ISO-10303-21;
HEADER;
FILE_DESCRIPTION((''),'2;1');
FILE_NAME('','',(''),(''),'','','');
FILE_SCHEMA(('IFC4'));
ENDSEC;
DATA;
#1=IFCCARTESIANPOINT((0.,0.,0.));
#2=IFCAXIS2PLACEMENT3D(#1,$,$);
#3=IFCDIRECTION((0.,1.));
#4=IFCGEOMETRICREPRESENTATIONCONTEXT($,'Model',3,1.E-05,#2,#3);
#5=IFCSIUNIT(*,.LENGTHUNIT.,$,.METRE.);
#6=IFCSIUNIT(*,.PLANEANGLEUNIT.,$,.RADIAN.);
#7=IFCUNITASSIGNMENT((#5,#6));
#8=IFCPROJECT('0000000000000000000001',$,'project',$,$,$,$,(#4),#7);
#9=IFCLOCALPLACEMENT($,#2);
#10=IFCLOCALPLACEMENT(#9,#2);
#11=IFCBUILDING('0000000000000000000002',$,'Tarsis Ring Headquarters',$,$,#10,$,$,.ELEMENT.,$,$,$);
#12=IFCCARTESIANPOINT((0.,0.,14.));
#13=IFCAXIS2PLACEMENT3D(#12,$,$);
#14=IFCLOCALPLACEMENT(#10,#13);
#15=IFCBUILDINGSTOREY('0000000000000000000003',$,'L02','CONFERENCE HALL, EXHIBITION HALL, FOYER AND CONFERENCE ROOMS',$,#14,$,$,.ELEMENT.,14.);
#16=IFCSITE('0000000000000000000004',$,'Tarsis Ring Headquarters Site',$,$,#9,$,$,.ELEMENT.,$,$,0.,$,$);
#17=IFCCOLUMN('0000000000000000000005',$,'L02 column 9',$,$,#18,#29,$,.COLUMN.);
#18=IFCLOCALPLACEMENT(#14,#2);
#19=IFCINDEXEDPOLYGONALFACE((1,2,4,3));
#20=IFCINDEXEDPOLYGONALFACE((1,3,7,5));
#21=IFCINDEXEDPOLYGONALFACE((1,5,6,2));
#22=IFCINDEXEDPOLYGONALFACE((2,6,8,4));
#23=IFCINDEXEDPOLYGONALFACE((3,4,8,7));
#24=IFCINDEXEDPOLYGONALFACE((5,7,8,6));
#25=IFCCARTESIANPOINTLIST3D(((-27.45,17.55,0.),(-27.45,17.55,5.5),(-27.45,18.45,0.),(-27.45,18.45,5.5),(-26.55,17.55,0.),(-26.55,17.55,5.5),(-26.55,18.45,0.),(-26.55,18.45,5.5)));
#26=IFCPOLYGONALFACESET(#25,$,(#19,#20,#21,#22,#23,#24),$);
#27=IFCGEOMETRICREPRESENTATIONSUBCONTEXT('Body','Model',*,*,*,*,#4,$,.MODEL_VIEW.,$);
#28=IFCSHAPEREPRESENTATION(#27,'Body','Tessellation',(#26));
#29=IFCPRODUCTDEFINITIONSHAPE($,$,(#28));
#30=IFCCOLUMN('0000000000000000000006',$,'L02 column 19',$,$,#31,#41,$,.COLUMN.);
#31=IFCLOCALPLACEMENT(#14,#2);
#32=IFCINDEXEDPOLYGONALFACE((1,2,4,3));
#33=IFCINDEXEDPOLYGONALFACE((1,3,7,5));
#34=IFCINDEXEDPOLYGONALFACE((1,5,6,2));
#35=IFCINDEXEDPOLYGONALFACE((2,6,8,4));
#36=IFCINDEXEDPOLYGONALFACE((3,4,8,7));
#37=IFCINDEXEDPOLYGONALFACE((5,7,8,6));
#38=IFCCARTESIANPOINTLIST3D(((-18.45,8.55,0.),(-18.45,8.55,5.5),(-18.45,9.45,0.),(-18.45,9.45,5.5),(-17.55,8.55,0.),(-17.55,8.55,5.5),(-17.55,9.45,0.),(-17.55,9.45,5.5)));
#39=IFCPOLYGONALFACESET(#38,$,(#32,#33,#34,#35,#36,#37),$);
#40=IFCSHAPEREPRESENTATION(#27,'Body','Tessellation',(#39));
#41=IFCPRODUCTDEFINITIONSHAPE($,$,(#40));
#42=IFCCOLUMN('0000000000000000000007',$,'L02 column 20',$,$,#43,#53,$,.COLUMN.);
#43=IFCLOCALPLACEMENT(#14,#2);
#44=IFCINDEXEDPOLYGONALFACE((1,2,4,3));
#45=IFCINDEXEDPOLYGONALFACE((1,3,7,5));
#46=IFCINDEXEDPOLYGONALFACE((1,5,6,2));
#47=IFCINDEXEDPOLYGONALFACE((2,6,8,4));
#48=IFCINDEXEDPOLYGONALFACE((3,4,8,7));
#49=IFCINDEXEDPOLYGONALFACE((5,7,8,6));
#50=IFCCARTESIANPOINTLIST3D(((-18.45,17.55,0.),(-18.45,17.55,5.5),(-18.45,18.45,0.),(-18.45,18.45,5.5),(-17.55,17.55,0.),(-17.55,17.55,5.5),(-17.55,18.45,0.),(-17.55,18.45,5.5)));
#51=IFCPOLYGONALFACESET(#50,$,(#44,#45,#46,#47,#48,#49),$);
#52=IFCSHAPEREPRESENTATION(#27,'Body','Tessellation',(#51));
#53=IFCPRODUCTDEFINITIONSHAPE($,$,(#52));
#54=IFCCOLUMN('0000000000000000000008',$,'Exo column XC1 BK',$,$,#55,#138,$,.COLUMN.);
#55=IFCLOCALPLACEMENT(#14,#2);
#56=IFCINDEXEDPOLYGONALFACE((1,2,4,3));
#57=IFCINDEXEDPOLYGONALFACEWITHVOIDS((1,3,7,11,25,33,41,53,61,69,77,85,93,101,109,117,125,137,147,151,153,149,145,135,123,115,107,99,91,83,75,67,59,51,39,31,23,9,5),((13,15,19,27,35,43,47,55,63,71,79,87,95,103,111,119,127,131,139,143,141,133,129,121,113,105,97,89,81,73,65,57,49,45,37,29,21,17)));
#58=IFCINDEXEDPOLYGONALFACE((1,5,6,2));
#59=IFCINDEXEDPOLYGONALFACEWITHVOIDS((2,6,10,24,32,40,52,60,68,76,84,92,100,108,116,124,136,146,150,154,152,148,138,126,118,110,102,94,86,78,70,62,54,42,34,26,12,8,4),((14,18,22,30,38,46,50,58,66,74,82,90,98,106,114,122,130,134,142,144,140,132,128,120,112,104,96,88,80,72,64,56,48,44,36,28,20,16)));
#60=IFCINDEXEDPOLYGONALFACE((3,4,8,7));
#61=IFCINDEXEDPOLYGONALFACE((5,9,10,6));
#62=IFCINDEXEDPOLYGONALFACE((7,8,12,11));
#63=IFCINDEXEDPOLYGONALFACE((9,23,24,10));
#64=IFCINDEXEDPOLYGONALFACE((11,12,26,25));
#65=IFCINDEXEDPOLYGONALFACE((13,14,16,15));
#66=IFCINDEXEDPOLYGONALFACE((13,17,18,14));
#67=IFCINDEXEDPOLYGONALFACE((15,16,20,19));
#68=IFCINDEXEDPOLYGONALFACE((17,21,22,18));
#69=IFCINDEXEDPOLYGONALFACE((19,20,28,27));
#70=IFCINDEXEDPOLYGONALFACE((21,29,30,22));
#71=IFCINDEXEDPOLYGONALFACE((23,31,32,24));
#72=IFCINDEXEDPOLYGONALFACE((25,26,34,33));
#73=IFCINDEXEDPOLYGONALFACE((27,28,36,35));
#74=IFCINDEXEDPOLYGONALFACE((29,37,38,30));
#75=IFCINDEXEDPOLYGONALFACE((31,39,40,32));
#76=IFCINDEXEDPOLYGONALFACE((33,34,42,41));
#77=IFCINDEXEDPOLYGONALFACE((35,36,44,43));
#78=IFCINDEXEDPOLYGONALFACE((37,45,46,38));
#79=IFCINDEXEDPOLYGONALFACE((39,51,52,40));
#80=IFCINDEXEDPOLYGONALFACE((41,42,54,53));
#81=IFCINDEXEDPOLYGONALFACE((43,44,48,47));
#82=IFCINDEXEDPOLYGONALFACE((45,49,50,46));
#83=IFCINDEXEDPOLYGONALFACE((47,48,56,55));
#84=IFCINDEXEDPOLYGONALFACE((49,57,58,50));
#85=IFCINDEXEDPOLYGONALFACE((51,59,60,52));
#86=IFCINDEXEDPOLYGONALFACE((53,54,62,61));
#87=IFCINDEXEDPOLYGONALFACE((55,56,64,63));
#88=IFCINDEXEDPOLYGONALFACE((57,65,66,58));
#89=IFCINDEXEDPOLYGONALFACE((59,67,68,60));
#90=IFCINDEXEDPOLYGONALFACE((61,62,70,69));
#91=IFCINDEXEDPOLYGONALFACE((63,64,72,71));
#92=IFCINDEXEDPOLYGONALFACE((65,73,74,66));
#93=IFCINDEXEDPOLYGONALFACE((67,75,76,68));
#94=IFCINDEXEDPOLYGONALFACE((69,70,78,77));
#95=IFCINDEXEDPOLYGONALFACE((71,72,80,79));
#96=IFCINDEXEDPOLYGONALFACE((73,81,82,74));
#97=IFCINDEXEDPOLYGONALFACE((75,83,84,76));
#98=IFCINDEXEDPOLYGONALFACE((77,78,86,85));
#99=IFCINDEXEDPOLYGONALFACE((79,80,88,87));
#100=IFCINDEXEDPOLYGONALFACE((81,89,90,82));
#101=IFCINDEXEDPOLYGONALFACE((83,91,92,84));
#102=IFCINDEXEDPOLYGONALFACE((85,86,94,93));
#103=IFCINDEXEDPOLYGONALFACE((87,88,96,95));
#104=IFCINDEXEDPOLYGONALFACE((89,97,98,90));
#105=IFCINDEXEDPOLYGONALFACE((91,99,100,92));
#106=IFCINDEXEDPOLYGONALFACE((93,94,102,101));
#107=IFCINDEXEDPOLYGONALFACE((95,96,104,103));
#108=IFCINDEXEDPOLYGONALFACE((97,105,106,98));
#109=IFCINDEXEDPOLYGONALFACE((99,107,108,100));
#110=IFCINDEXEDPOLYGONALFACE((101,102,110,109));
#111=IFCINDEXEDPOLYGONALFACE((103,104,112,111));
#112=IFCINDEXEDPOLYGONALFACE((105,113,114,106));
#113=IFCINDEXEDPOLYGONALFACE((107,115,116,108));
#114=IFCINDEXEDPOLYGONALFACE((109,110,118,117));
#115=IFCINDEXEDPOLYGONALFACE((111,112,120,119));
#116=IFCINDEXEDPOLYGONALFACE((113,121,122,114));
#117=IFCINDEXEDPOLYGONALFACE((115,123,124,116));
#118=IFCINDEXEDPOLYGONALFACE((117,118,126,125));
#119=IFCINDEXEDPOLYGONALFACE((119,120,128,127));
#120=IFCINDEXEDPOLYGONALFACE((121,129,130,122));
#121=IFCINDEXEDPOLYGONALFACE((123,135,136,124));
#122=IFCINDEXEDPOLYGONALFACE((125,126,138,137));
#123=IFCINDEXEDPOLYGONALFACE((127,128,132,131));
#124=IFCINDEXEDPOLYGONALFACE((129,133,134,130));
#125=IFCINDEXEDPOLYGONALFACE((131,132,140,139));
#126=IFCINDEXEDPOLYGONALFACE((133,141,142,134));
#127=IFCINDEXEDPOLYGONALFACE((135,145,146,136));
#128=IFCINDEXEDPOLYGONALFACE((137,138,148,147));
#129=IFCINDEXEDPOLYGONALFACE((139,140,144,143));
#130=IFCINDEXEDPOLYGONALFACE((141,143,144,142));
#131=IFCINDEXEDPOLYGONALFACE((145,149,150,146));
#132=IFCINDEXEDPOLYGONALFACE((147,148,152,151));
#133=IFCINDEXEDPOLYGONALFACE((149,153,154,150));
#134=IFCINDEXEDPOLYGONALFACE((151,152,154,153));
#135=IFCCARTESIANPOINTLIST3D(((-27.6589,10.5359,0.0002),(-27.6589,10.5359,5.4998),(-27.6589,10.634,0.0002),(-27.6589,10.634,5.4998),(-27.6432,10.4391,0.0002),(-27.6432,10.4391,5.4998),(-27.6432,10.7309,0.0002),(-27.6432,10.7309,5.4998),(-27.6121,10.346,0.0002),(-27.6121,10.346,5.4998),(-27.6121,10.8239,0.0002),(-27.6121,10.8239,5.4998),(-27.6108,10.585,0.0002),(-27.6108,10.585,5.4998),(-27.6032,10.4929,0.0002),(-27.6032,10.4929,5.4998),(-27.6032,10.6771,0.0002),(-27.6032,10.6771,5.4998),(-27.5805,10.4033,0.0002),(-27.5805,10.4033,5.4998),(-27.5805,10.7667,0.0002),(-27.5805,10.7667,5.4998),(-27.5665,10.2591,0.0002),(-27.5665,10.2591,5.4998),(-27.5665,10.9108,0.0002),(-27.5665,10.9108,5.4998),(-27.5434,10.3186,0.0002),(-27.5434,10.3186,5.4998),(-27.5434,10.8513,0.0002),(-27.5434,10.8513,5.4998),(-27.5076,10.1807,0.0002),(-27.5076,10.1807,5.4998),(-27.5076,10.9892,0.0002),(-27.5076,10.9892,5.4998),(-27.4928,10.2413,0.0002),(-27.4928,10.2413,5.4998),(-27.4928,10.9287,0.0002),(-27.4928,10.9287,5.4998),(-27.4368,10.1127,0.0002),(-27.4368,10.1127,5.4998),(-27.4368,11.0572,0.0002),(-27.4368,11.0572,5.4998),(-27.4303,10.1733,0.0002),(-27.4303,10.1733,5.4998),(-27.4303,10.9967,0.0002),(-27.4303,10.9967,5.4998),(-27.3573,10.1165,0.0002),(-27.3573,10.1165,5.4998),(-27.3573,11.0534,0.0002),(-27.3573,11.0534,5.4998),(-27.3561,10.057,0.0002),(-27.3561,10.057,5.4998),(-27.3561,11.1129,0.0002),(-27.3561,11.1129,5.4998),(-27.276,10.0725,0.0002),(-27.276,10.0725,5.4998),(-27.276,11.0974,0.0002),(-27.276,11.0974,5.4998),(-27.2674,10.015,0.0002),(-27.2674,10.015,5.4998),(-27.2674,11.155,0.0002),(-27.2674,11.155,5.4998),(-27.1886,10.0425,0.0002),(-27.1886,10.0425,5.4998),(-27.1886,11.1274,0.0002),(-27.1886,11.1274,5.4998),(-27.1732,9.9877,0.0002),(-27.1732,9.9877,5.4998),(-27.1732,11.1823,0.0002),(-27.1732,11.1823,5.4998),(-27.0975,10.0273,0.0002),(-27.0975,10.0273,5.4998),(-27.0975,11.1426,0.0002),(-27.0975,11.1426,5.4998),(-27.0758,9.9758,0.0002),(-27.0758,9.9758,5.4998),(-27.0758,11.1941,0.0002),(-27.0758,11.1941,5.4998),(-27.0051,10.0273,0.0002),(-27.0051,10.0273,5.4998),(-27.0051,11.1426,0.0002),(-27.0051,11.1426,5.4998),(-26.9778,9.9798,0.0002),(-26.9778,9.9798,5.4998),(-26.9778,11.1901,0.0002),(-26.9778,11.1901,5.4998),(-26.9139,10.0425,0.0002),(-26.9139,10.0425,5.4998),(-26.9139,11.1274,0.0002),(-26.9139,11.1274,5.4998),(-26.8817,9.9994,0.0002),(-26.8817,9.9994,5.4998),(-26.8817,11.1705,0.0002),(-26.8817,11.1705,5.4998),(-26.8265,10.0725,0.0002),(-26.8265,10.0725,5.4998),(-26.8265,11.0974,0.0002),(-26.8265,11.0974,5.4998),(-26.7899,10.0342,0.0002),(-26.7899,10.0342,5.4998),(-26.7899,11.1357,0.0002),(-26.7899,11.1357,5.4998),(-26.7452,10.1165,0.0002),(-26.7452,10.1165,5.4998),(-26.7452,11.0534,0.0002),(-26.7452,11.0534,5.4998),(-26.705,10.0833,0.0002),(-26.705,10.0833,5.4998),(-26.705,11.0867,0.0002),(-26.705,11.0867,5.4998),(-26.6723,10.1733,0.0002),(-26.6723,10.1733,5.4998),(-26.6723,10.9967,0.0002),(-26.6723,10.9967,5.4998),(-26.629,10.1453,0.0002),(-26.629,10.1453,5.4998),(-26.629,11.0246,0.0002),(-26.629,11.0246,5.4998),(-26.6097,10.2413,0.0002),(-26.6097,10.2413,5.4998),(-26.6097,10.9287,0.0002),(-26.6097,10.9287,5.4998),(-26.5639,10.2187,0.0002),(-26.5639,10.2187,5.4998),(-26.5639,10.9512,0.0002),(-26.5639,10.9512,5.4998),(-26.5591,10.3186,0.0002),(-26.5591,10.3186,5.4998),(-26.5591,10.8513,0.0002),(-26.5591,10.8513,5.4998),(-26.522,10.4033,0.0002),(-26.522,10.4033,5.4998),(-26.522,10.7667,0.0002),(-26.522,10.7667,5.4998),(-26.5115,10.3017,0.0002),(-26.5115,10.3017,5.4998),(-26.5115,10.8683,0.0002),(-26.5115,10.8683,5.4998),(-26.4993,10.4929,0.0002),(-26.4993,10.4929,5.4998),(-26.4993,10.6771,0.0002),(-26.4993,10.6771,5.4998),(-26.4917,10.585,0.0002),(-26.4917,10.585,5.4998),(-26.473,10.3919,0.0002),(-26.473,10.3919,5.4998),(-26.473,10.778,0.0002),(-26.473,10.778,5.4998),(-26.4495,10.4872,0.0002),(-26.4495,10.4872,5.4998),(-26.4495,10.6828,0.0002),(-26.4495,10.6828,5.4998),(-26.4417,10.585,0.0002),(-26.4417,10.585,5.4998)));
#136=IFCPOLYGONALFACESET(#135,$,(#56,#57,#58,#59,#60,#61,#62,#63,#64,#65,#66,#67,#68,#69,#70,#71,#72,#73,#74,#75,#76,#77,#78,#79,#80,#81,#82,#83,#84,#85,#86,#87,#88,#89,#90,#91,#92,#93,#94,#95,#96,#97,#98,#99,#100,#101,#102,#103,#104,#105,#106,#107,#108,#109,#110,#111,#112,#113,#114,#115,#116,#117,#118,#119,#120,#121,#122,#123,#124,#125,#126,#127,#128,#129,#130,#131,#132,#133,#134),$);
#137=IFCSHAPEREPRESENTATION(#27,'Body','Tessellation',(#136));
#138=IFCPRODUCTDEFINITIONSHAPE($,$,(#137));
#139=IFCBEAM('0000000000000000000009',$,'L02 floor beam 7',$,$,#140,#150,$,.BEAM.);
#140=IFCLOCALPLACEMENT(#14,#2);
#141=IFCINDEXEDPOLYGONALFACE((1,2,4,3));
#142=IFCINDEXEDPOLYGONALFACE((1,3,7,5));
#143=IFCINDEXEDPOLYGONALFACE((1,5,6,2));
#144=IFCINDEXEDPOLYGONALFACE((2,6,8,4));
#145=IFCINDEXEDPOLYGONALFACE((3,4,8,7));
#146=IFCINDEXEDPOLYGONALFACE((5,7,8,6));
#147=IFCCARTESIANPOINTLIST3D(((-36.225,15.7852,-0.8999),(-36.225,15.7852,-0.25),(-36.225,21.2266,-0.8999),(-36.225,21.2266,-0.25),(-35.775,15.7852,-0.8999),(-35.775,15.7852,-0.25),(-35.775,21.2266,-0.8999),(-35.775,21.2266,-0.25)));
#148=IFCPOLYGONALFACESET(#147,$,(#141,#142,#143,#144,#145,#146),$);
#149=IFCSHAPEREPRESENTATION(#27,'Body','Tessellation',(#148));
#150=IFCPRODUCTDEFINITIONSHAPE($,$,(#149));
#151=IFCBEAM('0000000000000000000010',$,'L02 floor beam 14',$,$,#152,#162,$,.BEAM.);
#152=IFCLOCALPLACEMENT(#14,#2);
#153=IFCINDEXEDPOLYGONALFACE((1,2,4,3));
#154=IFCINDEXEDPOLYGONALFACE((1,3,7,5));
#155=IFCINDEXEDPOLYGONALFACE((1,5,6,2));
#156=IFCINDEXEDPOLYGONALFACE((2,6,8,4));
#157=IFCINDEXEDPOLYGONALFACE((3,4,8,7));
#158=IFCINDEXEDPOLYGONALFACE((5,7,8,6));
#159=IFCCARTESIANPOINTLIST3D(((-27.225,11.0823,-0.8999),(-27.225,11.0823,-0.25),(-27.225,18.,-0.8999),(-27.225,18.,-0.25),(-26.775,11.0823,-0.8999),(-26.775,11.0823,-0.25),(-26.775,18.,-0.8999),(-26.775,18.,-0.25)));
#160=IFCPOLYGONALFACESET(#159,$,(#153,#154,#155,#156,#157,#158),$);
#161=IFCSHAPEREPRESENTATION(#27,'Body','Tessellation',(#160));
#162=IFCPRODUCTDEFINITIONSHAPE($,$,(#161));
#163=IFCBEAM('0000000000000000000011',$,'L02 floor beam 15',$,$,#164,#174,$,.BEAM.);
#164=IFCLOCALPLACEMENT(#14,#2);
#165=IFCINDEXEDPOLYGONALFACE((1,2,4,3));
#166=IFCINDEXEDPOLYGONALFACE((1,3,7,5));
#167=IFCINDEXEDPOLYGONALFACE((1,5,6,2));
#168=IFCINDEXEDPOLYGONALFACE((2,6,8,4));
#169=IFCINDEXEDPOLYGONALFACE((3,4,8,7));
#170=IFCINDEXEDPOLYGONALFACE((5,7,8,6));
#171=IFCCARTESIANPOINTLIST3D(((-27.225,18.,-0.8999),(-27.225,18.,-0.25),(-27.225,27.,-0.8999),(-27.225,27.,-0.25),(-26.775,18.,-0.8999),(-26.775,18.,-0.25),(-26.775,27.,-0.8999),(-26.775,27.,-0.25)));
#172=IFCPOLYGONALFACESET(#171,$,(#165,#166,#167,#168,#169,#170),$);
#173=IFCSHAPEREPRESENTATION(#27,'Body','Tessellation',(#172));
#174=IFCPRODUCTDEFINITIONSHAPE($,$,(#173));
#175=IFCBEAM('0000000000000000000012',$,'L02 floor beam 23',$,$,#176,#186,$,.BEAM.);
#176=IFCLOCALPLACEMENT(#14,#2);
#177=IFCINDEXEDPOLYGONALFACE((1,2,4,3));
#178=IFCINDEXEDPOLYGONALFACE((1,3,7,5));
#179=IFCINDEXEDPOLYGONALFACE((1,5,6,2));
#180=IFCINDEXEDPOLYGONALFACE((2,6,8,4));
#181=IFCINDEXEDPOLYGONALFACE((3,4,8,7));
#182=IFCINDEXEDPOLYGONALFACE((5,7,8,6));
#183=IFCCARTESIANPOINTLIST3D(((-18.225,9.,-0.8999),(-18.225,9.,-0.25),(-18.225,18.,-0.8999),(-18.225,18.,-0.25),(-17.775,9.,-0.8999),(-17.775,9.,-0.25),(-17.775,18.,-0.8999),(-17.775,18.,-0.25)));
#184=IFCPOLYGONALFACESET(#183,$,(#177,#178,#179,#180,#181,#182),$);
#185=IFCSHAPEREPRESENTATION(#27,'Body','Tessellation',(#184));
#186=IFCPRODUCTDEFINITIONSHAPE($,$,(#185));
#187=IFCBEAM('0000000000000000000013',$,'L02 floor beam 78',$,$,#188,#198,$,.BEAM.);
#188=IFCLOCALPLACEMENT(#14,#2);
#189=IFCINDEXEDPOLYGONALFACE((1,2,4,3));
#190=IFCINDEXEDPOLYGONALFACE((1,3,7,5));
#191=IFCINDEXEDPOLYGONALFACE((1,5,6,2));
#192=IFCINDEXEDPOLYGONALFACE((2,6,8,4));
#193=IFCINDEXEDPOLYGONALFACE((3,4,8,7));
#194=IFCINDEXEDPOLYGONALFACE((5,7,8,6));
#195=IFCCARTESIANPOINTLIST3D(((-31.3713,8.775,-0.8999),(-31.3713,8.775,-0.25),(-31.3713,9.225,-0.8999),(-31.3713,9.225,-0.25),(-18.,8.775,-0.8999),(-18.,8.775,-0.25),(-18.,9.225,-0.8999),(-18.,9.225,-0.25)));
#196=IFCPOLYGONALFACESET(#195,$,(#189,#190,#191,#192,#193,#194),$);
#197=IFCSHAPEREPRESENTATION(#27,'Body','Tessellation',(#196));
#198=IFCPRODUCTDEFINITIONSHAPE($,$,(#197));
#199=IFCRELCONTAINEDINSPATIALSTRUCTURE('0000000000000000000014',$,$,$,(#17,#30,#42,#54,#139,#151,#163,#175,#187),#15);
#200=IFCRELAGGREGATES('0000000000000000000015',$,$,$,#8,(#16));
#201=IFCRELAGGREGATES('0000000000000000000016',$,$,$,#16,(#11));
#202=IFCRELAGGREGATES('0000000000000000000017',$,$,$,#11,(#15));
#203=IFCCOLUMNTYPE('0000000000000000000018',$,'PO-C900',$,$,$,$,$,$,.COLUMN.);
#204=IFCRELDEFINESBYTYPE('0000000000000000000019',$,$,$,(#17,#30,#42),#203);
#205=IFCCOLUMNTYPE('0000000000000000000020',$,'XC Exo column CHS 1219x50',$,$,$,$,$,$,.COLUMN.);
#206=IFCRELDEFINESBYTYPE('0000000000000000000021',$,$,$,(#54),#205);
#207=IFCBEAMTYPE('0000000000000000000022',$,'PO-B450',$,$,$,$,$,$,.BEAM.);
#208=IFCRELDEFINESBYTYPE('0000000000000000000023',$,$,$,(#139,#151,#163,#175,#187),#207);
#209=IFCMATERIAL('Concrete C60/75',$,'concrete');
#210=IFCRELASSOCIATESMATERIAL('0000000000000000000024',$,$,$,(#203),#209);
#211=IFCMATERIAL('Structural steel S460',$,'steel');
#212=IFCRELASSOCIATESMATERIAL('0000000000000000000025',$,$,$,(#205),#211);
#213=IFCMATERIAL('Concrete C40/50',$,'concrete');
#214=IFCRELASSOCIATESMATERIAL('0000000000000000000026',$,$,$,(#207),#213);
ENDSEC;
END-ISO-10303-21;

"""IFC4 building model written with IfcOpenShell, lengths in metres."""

from ifc_helpers import new_model, si_unit, direction, frame, origin, origin_2d, place, context, subcontext, project, spatial, rectangle, hollow_circle, extrude, material, material_profile, profile_set, type_object, element, save


model = new_model("IFC4")

# Units and contexts
model_context = context("Model", 3, precision=1e-05, world=origin(), true_north=direction((0.0, 1.0)))
body_context = subcontext(model_context, "Body", "Model", "MODEL_VIEW")
ifc_project = project(units=[si_unit("LENGTHUNIT", "METRE"), si_unit("PLANEANGLEUNIT", "RADIAN")], contexts=[model_context])

# Site, building, storey
site_placement = place(None, origin())
site = spatial("IfcSite", under=ifc_project, at=site_placement, Name="Tarsis Ring Headquarters Site", CompositionType="ELEMENT", RefElevation=0.0)
building_placement = place(site_placement, origin())
building = spatial("IfcBuilding", under=site, at=building_placement, Name="Tarsis Ring Headquarters", CompositionType="ELEMENT")
storey_placement = place(building_placement, frame((0.0, 0.0, 14.0)))
storey = spatial("IfcBuildingStorey", under=building, at=storey_placement, Name="L02", Description="CONFERENCE HALL, EXHIBITION HALL, FOYER AND CONFERENCE ROOMS", CompositionType="ELEMENT", Elevation=14.0)

# Columns
ifc_material_1 = material(Name="Concrete C60/75", Category="concrete")
ifc_material_profile_1 = material_profile(ifc_material_1, rectangle(XDim=0.8999, YDim=0.8999, at=origin_2d()), Name="PO-C900")
ifc_profile_set_1 = profile_set([ifc_material_profile_1], Name="Concrete C60/75")
column_type_1 = type_object("IfcColumnType", Name="PO-C900", PredefinedType="COLUMN", material=ifc_profile_set_1)
for number, where, z_axis, x_axis, name in (
    (1, (-27.0, 18.0, 0.0), (0.0, 0.0, 1.0), (1.0, 0.0, 0.0), "L02 column 9"),
    (2, (-18.0, 9.0, 0.0), (0.0, 0.0, 1.0), (1.0, 0.0, 0.0), "L02 column 19"),
    (3, (-18.0, 18.0, 0.0), (0.0, 0.0, 1.0), (1.0, 0.0, 0.0), "L02 column 20"),
):
    element("IfcColumn", number, at=place(storey_placement, frame(where, z_axis=z_axis, x_axis=x_axis)), inside=storey, type_object=column_type_1, Name=name, PredefinedType="COLUMN", context=body_context, shape_type="SweptSolid", body=[
        extrude(rectangle(XDim=0.8999, YDim=0.8999, at=origin_2d()), origin(), (0.0, 0.0, 1.0), 5.5),
    ])
ifc_material_2 = material(Name="Structural steel S460", Category="steel")
ifc_material_profile_2 = material_profile(ifc_material_2, hollow_circle(Radius=0.6096, WallThickness=0.05, at=origin_2d()), Name="CHS 1219x50")
ifc_profile_set_2 = profile_set([ifc_material_profile_2], Name="Structural steel S460")
column_type_2 = type_object("IfcColumnType", Name="XC Exo column CHS 1219x50", PredefinedType="COLUMN", material=ifc_profile_set_2)
column_placement = place(storey_placement, frame((-27.0513, 10.585, 0.0002), z_axis=(0.0, 0.0, 1.0), x_axis=(1.0, 0.0, 0.0)))
element("IfcColumn", 4, at=column_placement, inside=storey, type_object=column_type_2, Name="Exo column XC1 BK", PredefinedType="COLUMN", context=body_context, shape_type="SweptSolid", body=[
    extrude(hollow_circle(Radius=0.6096, WallThickness=0.05, at=origin_2d()), origin(), (0.0, 0.0, 1.0), 5.4995),
])

# Beams
ifc_material_3 = material(Name="Concrete C40/50", Category="concrete")
ifc_material_profile_3 = material_profile(ifc_material_3, rectangle(XDim=0.45, YDim=0.6499, at=origin_2d()), Name="PO-B450")
ifc_profile_set_3 = profile_set([ifc_material_profile_3], Name="Concrete C40/50")
beam_type_1 = type_object("IfcBeamType", Name="PO-B450", PredefinedType="BEAM", material=ifc_profile_set_3)
beam_1_placement = place(storey_placement, frame((-36.0, 15.7852, -0.575), z_axis=(0.0, 1.0, 0.0), x_axis=(-1.0, 0.0, 0.0)))
element("IfcBeam", 5, at=beam_1_placement, inside=storey, type_object=beam_type_1, Name="L02 floor beam 7", PredefinedType="BEAM", context=body_context, shape_type="SweptSolid", body=[
    extrude(rectangle(XDim=0.45, YDim=0.6499, at=origin_2d()), origin(), (0.0, 0.0, 1.0), 5.4414),
])
beam_2_placement = place(storey_placement, frame((-27.0, 11.0823, -0.575), z_axis=(0.0, 1.0, 0.0), x_axis=(-1.0, 0.0, 0.0)))
element("IfcBeam", 6, at=beam_2_placement, inside=storey, type_object=beam_type_1, Name="L02 floor beam 14", PredefinedType="BEAM", context=body_context, shape_type="SweptSolid", body=[
    extrude(rectangle(XDim=0.45, YDim=0.6499, at=origin_2d()), origin(), (0.0, 0.0, 1.0), 6.9177),
])
for number, where, z_axis, x_axis, name in (
    (7, (-27.0, 18.0, -0.575), (0.0, 1.0, 0.0), (-1.0, 0.0, 0.0), "L02 floor beam 15"),
    (8, (-18.0, 9.0, -0.575), (0.0, 1.0, 0.0), (-1.0, 0.0, 0.0), "L02 floor beam 23"),
):
    element("IfcBeam", number, at=place(storey_placement, frame(where, z_axis=z_axis, x_axis=x_axis)), inside=storey, type_object=beam_type_1, Name=name, PredefinedType="BEAM", context=body_context, shape_type="SweptSolid", body=[
        extrude(rectangle(XDim=0.45, YDim=0.6499, at=origin_2d()), origin(), (0.0, 0.0, 1.0), 9.0),
    ])
beam_3_placement = place(storey_placement, frame((-31.3713, 9.0, -0.575), z_axis=(1.0, 0.0, 0.0), x_axis=(0.0, 1.0, 0.0)))
element("IfcBeam", 9, at=beam_3_placement, inside=storey, type_object=beam_type_1, Name="L02 floor beam 78", PredefinedType="BEAM", context=body_context, shape_type="SweptSolid", body=[
    extrude(rectangle(XDim=0.45, YDim=0.6499, at=origin_2d()), origin(), (0.0, 0.0, 1.0), 13.3713),
])

save(model, "model.ifc")
